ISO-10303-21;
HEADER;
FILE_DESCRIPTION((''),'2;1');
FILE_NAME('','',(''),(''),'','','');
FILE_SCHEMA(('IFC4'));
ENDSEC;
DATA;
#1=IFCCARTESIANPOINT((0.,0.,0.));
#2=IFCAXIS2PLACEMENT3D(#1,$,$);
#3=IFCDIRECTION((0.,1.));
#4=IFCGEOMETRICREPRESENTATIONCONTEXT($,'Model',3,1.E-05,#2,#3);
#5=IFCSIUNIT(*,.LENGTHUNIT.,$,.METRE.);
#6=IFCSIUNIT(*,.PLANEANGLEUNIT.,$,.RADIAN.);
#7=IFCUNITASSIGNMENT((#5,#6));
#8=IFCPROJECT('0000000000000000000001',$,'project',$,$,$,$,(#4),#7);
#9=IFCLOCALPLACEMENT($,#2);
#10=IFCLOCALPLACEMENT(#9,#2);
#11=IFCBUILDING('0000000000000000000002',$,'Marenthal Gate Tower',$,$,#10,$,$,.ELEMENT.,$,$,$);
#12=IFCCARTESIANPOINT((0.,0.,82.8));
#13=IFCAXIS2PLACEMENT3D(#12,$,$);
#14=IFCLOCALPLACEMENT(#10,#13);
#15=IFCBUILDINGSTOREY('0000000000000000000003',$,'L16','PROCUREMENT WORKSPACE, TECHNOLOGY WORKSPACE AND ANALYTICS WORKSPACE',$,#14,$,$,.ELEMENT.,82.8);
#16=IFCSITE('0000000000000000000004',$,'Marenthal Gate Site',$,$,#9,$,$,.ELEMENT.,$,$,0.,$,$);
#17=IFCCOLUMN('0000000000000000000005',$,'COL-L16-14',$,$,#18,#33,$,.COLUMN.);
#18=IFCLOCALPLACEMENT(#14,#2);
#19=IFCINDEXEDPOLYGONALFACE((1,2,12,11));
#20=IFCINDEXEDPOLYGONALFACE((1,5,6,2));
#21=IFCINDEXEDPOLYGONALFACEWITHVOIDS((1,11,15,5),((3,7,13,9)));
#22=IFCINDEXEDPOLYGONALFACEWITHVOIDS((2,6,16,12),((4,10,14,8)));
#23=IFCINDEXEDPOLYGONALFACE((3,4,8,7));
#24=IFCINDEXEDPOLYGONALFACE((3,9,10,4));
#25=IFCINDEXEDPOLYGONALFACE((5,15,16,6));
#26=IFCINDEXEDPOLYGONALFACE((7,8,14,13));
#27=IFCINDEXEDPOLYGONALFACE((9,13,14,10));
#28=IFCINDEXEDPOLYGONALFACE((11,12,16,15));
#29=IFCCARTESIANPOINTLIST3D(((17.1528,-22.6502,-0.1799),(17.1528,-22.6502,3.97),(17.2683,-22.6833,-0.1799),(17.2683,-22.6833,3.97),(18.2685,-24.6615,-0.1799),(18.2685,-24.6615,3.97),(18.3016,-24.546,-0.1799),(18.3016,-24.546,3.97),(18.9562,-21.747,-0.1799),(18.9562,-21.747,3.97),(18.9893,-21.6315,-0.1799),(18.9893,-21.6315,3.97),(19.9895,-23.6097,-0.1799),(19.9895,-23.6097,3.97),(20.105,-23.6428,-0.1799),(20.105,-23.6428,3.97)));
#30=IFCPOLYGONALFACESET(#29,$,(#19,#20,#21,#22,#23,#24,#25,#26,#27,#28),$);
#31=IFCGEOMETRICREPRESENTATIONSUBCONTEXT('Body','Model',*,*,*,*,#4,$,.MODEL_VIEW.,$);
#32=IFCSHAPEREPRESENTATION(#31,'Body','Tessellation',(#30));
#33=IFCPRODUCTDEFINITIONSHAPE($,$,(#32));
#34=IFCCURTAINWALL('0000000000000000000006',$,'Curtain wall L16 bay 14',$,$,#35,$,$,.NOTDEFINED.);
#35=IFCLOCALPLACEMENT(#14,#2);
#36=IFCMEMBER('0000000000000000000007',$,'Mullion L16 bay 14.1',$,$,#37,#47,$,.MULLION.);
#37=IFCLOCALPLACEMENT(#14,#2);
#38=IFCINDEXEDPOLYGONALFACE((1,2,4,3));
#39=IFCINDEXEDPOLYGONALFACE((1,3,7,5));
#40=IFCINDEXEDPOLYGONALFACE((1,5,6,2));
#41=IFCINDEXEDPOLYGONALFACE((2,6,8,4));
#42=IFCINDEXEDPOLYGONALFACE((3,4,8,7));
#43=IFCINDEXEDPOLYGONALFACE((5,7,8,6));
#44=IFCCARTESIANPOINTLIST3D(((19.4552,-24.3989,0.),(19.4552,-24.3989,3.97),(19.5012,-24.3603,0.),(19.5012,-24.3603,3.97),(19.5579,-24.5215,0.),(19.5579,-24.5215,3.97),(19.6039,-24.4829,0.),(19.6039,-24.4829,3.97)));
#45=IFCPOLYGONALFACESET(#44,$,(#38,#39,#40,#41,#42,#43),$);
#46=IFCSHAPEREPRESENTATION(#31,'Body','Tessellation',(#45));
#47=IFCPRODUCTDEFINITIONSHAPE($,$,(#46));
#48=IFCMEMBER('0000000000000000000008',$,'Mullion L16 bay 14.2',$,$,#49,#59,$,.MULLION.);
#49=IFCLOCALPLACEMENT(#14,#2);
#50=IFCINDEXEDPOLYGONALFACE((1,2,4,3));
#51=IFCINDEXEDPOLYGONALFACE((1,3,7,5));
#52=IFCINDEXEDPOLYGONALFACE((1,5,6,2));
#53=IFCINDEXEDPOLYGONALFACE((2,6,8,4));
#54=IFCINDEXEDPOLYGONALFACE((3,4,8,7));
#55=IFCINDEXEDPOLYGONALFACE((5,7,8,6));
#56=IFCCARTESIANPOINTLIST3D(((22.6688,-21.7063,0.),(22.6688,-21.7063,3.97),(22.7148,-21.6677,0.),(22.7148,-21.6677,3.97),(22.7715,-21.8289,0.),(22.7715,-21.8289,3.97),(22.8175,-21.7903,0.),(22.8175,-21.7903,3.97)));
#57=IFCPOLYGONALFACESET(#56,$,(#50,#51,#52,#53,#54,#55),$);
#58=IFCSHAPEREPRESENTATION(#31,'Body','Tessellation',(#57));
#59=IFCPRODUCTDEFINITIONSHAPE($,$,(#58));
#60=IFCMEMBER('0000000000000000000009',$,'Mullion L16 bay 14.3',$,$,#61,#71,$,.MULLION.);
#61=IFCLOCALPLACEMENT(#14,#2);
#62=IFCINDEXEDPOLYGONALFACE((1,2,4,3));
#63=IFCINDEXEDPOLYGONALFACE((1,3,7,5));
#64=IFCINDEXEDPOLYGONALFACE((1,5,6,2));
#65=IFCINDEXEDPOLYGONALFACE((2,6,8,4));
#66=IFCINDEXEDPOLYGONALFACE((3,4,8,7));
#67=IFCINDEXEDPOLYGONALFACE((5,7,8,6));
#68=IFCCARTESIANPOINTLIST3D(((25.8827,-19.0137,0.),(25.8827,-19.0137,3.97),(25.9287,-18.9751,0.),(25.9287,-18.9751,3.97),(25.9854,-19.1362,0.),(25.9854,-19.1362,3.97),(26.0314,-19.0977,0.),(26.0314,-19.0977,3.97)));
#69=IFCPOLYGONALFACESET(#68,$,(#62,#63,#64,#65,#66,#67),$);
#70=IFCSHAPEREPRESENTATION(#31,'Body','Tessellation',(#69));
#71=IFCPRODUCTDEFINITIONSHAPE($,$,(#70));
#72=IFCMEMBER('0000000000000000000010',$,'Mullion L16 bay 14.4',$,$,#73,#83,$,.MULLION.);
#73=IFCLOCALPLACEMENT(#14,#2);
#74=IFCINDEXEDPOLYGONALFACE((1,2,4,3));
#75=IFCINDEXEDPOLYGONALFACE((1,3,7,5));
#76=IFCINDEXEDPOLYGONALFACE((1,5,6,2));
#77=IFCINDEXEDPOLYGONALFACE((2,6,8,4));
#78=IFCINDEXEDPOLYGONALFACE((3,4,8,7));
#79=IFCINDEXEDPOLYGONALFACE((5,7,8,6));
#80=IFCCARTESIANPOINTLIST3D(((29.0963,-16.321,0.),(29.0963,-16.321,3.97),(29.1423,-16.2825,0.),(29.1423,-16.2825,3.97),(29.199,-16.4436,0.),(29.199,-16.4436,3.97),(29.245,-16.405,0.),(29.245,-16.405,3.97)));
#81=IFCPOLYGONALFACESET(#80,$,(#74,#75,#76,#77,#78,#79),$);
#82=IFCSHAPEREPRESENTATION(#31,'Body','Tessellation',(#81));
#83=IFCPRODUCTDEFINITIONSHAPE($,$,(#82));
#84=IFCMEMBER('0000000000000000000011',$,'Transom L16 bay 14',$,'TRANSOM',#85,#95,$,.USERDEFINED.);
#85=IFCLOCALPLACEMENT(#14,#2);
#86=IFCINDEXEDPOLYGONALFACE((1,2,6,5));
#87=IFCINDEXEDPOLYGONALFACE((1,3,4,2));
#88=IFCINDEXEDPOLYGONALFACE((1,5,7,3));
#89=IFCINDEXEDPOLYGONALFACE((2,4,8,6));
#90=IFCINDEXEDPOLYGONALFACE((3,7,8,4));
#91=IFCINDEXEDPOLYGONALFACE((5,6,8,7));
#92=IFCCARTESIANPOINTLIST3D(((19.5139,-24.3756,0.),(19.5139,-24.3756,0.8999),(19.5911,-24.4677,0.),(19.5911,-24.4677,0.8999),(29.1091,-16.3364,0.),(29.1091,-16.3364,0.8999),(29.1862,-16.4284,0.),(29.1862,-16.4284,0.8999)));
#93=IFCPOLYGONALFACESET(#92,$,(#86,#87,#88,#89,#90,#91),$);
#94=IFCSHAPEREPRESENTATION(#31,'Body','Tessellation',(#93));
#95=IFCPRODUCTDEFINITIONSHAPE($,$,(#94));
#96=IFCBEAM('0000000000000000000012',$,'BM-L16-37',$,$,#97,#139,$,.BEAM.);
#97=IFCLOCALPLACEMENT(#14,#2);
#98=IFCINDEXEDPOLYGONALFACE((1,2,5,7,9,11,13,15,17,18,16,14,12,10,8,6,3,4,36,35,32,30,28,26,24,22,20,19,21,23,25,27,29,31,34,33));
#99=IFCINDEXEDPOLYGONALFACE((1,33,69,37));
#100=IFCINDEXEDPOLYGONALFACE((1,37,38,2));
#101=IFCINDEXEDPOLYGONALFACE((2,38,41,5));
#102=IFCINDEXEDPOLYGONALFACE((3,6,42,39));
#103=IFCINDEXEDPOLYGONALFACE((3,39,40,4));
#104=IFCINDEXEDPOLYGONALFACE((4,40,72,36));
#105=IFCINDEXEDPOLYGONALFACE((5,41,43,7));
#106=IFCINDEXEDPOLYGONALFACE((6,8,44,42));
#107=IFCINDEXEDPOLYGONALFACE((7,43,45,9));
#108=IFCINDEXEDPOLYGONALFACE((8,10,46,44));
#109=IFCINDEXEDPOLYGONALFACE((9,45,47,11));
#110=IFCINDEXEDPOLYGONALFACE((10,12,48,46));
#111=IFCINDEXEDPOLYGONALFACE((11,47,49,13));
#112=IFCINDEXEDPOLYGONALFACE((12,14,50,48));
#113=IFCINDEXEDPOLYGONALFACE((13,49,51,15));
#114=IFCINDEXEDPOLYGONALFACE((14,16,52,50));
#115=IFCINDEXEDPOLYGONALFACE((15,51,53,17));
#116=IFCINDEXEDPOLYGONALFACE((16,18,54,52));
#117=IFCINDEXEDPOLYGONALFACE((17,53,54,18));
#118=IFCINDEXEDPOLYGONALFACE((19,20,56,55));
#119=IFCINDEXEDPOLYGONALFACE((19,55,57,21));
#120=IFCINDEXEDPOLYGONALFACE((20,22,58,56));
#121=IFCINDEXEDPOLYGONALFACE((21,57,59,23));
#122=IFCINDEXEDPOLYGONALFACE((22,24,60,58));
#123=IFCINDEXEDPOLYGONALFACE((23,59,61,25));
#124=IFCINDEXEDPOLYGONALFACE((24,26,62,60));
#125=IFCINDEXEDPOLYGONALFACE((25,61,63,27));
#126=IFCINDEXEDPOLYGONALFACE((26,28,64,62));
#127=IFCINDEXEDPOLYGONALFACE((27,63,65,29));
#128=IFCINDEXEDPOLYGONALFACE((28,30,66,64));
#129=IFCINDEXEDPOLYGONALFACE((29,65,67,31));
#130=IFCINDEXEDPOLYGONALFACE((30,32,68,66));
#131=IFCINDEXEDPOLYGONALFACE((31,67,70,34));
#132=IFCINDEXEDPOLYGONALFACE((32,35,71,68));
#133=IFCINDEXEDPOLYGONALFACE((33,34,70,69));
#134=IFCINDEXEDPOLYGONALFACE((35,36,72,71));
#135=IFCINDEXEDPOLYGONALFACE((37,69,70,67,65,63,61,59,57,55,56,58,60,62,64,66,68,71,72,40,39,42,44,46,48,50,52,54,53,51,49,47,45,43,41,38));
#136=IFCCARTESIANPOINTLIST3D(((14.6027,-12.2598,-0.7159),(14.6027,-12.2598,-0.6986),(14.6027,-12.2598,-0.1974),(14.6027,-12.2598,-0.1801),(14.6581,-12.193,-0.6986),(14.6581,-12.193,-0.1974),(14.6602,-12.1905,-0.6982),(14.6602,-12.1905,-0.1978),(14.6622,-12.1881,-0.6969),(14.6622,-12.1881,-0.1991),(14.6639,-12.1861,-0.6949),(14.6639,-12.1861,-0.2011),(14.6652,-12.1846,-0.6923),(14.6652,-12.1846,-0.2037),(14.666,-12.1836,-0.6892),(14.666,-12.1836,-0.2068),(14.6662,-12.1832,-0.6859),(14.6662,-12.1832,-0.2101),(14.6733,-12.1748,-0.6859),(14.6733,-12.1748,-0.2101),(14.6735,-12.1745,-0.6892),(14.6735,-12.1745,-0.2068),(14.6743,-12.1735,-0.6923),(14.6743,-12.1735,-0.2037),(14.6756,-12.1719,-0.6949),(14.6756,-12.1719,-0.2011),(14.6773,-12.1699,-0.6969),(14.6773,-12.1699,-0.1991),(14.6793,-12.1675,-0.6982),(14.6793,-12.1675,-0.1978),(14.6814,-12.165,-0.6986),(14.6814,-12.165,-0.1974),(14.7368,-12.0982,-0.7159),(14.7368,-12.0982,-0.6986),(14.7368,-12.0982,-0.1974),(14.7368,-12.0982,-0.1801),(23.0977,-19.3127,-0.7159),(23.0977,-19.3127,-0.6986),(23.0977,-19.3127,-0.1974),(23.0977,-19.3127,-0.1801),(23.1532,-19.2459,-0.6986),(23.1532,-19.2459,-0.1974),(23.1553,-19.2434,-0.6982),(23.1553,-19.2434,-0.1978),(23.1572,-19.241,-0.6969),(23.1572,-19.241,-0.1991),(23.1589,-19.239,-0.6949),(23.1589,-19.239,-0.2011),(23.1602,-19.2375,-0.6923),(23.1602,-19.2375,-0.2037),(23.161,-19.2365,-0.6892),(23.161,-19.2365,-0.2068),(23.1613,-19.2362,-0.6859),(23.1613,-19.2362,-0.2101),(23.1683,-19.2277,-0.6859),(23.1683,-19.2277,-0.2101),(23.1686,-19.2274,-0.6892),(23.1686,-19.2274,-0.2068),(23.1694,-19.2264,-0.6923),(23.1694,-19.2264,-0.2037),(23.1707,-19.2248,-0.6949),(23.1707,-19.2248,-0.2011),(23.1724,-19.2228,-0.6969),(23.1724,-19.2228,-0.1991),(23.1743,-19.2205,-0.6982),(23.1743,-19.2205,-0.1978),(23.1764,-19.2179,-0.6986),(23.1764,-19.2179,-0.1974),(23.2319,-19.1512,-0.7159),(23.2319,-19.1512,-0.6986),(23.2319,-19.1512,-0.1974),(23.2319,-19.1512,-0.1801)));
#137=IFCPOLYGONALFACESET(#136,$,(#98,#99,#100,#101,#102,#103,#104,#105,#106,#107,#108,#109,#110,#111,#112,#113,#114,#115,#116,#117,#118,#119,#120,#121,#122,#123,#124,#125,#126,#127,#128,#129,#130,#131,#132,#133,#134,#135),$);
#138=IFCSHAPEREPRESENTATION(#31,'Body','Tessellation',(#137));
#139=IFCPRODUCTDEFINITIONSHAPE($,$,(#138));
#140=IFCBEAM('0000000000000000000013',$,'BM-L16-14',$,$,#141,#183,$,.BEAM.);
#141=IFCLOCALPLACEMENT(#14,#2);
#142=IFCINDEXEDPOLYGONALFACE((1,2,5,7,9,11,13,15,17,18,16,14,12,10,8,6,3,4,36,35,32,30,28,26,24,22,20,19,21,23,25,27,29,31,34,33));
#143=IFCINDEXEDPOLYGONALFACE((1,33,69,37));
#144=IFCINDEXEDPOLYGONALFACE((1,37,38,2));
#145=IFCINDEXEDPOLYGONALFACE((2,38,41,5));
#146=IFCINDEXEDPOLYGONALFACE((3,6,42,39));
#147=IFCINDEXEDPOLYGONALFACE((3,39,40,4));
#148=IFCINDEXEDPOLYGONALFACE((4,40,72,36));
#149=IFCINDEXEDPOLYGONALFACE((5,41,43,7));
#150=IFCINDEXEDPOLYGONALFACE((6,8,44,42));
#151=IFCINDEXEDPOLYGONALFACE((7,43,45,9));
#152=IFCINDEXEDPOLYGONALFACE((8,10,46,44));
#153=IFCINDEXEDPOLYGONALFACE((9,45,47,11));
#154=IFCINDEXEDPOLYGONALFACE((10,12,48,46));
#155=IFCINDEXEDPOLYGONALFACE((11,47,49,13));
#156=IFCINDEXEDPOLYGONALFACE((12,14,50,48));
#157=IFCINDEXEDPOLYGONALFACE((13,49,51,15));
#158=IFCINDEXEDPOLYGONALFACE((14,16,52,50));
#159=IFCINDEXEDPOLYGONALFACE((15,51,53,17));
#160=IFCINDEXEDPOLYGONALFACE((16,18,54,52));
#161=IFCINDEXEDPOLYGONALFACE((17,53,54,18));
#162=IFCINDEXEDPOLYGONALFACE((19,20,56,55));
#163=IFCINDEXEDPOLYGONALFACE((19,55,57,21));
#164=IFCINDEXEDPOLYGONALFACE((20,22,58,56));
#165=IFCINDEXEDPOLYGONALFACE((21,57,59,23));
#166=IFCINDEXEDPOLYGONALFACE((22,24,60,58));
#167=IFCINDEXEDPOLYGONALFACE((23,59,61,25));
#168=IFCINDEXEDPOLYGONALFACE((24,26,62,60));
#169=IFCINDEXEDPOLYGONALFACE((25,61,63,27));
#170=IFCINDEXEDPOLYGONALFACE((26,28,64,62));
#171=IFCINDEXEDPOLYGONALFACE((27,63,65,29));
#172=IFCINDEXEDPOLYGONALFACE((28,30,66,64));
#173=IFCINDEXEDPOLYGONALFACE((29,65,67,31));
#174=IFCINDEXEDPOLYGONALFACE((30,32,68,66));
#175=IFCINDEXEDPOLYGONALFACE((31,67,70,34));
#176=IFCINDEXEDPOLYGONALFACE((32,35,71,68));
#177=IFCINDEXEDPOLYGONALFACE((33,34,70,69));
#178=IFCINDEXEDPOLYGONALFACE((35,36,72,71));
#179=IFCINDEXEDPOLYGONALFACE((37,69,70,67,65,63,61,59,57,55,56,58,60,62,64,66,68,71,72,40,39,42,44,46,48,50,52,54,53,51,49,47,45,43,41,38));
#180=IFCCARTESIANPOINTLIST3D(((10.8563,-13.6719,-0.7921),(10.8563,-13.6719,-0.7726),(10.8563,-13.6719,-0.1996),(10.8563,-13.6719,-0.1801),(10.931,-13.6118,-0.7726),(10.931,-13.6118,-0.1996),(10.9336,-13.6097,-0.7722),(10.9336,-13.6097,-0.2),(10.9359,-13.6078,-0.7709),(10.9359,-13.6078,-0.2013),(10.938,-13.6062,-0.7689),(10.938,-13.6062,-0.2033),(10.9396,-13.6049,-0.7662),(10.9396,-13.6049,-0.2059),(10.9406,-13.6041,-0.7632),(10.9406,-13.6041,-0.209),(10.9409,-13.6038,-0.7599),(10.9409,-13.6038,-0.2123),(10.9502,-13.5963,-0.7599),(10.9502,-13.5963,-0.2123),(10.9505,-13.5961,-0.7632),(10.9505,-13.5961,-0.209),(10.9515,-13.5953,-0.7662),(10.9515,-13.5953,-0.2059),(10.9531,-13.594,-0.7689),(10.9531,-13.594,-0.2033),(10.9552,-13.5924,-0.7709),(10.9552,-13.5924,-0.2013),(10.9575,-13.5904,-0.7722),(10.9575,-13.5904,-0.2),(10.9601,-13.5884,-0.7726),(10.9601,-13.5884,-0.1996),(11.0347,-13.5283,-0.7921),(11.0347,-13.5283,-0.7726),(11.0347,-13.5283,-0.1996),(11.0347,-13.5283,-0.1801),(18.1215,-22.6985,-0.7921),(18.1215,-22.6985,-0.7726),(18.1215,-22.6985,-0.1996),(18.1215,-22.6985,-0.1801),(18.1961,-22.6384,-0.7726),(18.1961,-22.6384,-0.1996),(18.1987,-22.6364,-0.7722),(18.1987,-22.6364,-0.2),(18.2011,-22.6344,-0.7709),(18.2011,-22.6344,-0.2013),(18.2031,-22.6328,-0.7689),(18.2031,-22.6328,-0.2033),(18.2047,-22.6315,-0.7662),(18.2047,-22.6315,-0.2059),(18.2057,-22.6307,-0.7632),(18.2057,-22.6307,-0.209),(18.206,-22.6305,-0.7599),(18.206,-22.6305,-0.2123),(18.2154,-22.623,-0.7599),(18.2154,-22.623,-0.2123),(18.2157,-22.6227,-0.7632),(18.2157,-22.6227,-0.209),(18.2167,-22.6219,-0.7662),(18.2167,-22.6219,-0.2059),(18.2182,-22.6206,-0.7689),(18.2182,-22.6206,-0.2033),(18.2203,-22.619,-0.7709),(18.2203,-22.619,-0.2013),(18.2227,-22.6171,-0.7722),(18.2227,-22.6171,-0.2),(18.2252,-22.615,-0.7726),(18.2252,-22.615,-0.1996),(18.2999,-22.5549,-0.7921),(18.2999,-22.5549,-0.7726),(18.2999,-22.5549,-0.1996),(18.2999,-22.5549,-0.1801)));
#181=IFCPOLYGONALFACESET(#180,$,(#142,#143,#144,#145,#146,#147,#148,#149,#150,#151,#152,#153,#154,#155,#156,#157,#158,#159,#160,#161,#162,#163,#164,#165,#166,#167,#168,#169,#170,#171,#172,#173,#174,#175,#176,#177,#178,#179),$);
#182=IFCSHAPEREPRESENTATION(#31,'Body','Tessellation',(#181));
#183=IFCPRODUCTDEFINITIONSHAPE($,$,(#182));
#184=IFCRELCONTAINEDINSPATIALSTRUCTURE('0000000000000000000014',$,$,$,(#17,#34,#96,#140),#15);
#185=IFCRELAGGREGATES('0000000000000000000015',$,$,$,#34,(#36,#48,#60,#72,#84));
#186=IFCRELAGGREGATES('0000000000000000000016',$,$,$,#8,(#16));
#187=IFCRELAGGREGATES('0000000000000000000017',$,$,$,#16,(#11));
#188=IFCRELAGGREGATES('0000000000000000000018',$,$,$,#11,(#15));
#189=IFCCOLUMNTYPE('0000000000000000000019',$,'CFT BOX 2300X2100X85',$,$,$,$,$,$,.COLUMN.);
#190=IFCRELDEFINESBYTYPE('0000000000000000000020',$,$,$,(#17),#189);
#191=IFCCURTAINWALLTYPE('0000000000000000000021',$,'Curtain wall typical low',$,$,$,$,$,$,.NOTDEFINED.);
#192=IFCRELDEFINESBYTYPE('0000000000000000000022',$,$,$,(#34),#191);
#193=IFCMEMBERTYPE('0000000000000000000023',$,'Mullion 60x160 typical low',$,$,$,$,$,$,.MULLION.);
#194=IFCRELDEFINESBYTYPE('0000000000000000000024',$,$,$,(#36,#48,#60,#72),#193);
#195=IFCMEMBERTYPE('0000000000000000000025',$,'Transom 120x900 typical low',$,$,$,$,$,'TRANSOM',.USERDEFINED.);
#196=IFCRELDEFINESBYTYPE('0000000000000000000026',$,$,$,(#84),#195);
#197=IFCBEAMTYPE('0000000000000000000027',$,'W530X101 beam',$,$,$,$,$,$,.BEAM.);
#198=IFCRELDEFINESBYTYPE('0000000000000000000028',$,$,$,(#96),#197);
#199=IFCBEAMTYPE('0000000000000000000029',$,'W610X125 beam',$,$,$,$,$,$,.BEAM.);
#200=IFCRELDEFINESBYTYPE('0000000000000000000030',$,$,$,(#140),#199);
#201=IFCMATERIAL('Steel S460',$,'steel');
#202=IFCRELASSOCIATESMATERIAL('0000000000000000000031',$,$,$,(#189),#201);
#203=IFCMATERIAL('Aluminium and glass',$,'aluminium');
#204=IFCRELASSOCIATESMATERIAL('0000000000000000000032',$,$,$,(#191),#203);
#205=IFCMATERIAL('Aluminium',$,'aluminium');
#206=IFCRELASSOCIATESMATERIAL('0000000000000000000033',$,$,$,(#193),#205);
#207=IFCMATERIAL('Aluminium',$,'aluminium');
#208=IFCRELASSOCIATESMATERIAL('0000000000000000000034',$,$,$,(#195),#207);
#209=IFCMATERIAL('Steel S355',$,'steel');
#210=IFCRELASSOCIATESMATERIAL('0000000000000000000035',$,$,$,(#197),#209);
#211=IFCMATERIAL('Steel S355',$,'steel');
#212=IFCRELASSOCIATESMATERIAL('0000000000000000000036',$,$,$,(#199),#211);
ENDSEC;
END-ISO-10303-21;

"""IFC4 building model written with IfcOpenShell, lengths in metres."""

from ifc_helpers import new_model, si_unit, direction, frame, origin, origin_2d, place, context, subcontext, project, spatial, rectangle, hollow_rectangle, i_section, extrude, material, material_profile, profile_set, type_object, element, aggregate, save


model = new_model("IFC4")

# Units and contexts
model_context = context("Model", 3, precision=1e-05, world=origin(), true_north=direction((0.0, 1.0)))
body_context = subcontext(model_context, "Body", "Model", "MODEL_VIEW")
ifc_project = project(units=[si_unit("LENGTHUNIT", "METRE"), si_unit("PLANEANGLEUNIT", "RADIAN")], contexts=[model_context])

# Site, building, storey
site_placement = place(None, origin())
site = spatial("IfcSite", under=ifc_project, at=site_placement, Name="Marenthal Gate Site", CompositionType="ELEMENT", RefElevation=0.0)
building_placement = place(site_placement, origin())
building = spatial("IfcBuilding", under=site, at=building_placement, Name="Marenthal Gate Tower", CompositionType="ELEMENT")
storey_placement = place(building_placement, frame((0.0, 0.0, 82.8)))
storey = spatial("IfcBuildingStorey", under=building, at=storey_placement, Name="L16", Description="PROCUREMENT WORKSPACE, TECHNOLOGY WORKSPACE AND ANALYTICS WORKSPACE", CompositionType="ELEMENT", Elevation=82.8)

# Column
ifc_material_1 = material(Name="Steel S460", Category="steel")
ifc_material_profile_1 = material_profile(ifc_material_1, hollow_rectangle(XDim=2.1001, YDim=2.3, WallThickness=0.085, at=origin_2d()), Name="CFT BOX 2300X2100X85")
ifc_material_2 = material(Name="Concrete 70 MPa", Category="concrete")
ifc_material_profile_2 = material_profile(ifc_material_2, rectangle(XDim=1.9299, YDim=2.1299, at=origin_2d()), Name="CFT BOX 2300X2100X85 INFILL")
ifc_profile_set_1 = profile_set([ifc_material_profile_1, ifc_material_profile_2], Name="Steel S460 shell, Concrete 70 MPa infill")
column_type = type_object("IfcColumnType", Name="CFT BOX 2300X2100X85", PredefinedType="COLUMN", material=ifc_profile_set_1)
column_placement = place(storey_placement, frame((18.6289, -23.1465, -0.1799), z_axis=(0.0, 0.0, 1.0), x_axis=(-0.874462, -0.485094, 0.0)))
element("IfcColumn", 1, at=column_placement, inside=storey, type_object=column_type, Name="COL-L16-14", PredefinedType="COLUMN", context=body_context, shape_type="SweptSolid", body=[
    extrude(hollow_rectangle(XDim=2.1001, YDim=2.3, WallThickness=0.085, at=origin_2d()), origin(), (0.0, 0.0, 1.0), 4.1499),
])

# Curtain wall, members
ifc_material_3 = material(Name="Aluminium and glass", Category="aluminium")
curtain_wall_type = type_object("IfcCurtainWallType", Name="Curtain wall typical low", PredefinedType="NOTDEFINED", material=ifc_material_3)
curtain_wall_placement = place(storey_placement, origin())
curtain_wall = element("IfcCurtainWall", 2, at=curtain_wall_placement, inside=storey, type_object=curtain_wall_type, Name="Curtain wall L16 bay 14", PredefinedType="NOTDEFINED")
ifc_material_4 = material(Name="Aluminium", Category="aluminium")
ifc_material_profile_3 = material_profile(ifc_material_4, rectangle(XDim=0.1599, YDim=0.0601, at=origin_2d()), Name="60x160 aluminium mullion")
ifc_profile_set_2 = profile_set([ifc_material_profile_3], Name="Aluminium")
member_type_1 = type_object("IfcMemberType", Name="Mullion 60x160 typical low", PredefinedType="MULLION", material=ifc_profile_set_2)
member_1_placement = place(storey_placement, frame((19.5295, -24.4409, 0.0), z_axis=(0.0, 0.0, 1.0), x_axis=(-0.642228, 0.766513, 0.0)))
member_1 = element("IfcMember", 3, at=member_1_placement, type_object=member_type_1, Name="Mullion L16 bay 14.1", PredefinedType="MULLION", context=body_context, shape_type="SweptSolid", body=[
    extrude(rectangle(XDim=0.1599, YDim=0.0601, at=origin_2d()), origin(), (0.0, 0.0, 1.0), 3.97),
])
member_2_placement = place(storey_placement, frame((22.7432, -21.7483, 0.0), z_axis=(0.0, 0.0, 1.0), x_axis=(-0.642228, 0.766513, 0.0)))
member_2 = element("IfcMember", 4, at=member_2_placement, type_object=member_type_1, Name="Mullion L16 bay 14.2", PredefinedType="MULLION", context=body_context, shape_type="SweptSolid", body=[
    extrude(rectangle(XDim=0.1599, YDim=0.0601, at=origin_2d()), origin(), (0.0, 0.0, 1.0), 3.97),
])
member_3_placement = place(storey_placement, frame((25.957, -19.0557, 0.0), z_axis=(0.0, 0.0, 1.0), x_axis=(-0.642228, 0.766513, 0.0)))
member_3 = element("IfcMember", 5, at=member_3_placement, type_object=member_type_1, Name="Mullion L16 bay 14.3", PredefinedType="MULLION", context=body_context, shape_type="SweptSolid", body=[
    extrude(rectangle(XDim=0.1599, YDim=0.0601, at=origin_2d()), origin(), (0.0, 0.0, 1.0), 3.97),
])
member_4_placement = place(storey_placement, frame((29.1707, -16.363, 0.0), z_axis=(0.0, 0.0, 1.0), x_axis=(-0.642228, 0.766513, 0.0)))
member_4 = element("IfcMember", 6, at=member_4_placement, type_object=member_type_1, Name="Mullion L16 bay 14.4", PredefinedType="MULLION", context=body_context, shape_type="SweptSolid", body=[
    extrude(rectangle(XDim=0.1599, YDim=0.0601, at=origin_2d()), origin(), (0.0, 0.0, 1.0), 3.97),
])
ifc_material_5 = material(Name="Aluminium", Category="aluminium")
ifc_material_profile_4 = material_profile(ifc_material_5, rectangle(XDim=0.1201, YDim=0.8999, at=origin_2d()), Name="120x900 aluminium transom")
ifc_profile_set_3 = profile_set([ifc_material_profile_4], Name="Aluminium")
member_type_2 = type_object("IfcMemberType", Name="Transom 120x900 typical low", ElementType="TRANSOM", PredefinedType="USERDEFINED", material=ifc_profile_set_3)
member_5_placement = place(storey_placement, frame((19.5525, -24.4216, 0.45), z_axis=(0.766518, 0.642223, 0.0), x_axis=(-0.642223, 0.766518, 0.0)))
member_5 = element("IfcMember", 7, at=member_5_placement, type_object=member_type_2, Name="Transom L16 bay 14", ObjectType="TRANSOM", PredefinedType="USERDEFINED", context=body_context, shape_type="SweptSolid", body=[
    extrude(rectangle(XDim=0.1201, YDim=0.8999, at=origin_2d()), origin(), (0.0, 0.0, 1.0), 12.5178),
])

# Beams
ifc_material_6 = material(Name="Steel S355", Category="steel")
ifc_material_profile_5 = material_profile(ifc_material_6, i_section(OverallWidth=0.21, OverallDepth=0.5359, WebThickness=0.011, FlangeThickness=0.0173, FilletRadius=0.0127, at=origin_2d()), Name="W530X101")
ifc_profile_set_4 = profile_set([ifc_material_profile_5], Name="Steel S355")
beam_type_1 = type_object("IfcBeamType", Name="W530X101 beam", PredefinedType="BEAM", material=ifc_profile_set_4)
beam_1_placement = place(storey_placement, frame((23.1648, -19.2319, -0.448), z_axis=(-0.769391, 0.638778, 0.0), x_axis=(-0.638778, -0.769391, 0.0)))
element("IfcBeam", 8, at=beam_1_placement, inside=storey, type_object=beam_type_1, Name="BM-L16-37", PredefinedType="BEAM", context=body_context, shape_type="SweptSolid", body=[
    extrude(i_section(OverallWidth=0.21, OverallDepth=0.5359, WebThickness=0.011, FlangeThickness=0.0173, FilletRadius=0.0127, at=origin_2d()), origin(), (0.0, 0.0, 1.0), 11.0413),
])
ifc_material_7 = material(Name="Steel S355", Category="steel")
ifc_material_profile_6 = material_profile(ifc_material_7, i_section(OverallWidth=0.229, OverallDepth=0.6121, WebThickness=0.012, FlangeThickness=0.0195, FilletRadius=0.0127, at=origin_2d()), Name="W610X125")
ifc_profile_set_5 = profile_set([ifc_material_profile_6], Name="Steel S355")
beam_type_2 = type_object("IfcBeamType", Name="W610X125 beam", PredefinedType="BEAM", material=ifc_profile_set_5)
beam_2_placement = place(storey_placement, frame((18.2107, -22.6267, -0.4861), z_axis=(-0.627, 0.779019, 0.0), x_axis=(-0.779019, -0.627, 0.0)))
element("IfcBeam", 9, at=beam_2_placement, inside=storey, type_object=beam_type_2, Name="BM-L16-14", PredefinedType="BEAM", context=body_context, shape_type="SweptSolid", body=[
    extrude(i_section(OverallWidth=0.229, OverallDepth=0.6121, WebThickness=0.012, FlangeThickness=0.0195, FilletRadius=0.0127, at=origin_2d()), origin(), (0.0, 0.0, 1.0), 11.5872),
])

aggregate(curtain_wall, [member_1, member_2, member_3, member_4, member_5])

save(model, "model.ifc")
